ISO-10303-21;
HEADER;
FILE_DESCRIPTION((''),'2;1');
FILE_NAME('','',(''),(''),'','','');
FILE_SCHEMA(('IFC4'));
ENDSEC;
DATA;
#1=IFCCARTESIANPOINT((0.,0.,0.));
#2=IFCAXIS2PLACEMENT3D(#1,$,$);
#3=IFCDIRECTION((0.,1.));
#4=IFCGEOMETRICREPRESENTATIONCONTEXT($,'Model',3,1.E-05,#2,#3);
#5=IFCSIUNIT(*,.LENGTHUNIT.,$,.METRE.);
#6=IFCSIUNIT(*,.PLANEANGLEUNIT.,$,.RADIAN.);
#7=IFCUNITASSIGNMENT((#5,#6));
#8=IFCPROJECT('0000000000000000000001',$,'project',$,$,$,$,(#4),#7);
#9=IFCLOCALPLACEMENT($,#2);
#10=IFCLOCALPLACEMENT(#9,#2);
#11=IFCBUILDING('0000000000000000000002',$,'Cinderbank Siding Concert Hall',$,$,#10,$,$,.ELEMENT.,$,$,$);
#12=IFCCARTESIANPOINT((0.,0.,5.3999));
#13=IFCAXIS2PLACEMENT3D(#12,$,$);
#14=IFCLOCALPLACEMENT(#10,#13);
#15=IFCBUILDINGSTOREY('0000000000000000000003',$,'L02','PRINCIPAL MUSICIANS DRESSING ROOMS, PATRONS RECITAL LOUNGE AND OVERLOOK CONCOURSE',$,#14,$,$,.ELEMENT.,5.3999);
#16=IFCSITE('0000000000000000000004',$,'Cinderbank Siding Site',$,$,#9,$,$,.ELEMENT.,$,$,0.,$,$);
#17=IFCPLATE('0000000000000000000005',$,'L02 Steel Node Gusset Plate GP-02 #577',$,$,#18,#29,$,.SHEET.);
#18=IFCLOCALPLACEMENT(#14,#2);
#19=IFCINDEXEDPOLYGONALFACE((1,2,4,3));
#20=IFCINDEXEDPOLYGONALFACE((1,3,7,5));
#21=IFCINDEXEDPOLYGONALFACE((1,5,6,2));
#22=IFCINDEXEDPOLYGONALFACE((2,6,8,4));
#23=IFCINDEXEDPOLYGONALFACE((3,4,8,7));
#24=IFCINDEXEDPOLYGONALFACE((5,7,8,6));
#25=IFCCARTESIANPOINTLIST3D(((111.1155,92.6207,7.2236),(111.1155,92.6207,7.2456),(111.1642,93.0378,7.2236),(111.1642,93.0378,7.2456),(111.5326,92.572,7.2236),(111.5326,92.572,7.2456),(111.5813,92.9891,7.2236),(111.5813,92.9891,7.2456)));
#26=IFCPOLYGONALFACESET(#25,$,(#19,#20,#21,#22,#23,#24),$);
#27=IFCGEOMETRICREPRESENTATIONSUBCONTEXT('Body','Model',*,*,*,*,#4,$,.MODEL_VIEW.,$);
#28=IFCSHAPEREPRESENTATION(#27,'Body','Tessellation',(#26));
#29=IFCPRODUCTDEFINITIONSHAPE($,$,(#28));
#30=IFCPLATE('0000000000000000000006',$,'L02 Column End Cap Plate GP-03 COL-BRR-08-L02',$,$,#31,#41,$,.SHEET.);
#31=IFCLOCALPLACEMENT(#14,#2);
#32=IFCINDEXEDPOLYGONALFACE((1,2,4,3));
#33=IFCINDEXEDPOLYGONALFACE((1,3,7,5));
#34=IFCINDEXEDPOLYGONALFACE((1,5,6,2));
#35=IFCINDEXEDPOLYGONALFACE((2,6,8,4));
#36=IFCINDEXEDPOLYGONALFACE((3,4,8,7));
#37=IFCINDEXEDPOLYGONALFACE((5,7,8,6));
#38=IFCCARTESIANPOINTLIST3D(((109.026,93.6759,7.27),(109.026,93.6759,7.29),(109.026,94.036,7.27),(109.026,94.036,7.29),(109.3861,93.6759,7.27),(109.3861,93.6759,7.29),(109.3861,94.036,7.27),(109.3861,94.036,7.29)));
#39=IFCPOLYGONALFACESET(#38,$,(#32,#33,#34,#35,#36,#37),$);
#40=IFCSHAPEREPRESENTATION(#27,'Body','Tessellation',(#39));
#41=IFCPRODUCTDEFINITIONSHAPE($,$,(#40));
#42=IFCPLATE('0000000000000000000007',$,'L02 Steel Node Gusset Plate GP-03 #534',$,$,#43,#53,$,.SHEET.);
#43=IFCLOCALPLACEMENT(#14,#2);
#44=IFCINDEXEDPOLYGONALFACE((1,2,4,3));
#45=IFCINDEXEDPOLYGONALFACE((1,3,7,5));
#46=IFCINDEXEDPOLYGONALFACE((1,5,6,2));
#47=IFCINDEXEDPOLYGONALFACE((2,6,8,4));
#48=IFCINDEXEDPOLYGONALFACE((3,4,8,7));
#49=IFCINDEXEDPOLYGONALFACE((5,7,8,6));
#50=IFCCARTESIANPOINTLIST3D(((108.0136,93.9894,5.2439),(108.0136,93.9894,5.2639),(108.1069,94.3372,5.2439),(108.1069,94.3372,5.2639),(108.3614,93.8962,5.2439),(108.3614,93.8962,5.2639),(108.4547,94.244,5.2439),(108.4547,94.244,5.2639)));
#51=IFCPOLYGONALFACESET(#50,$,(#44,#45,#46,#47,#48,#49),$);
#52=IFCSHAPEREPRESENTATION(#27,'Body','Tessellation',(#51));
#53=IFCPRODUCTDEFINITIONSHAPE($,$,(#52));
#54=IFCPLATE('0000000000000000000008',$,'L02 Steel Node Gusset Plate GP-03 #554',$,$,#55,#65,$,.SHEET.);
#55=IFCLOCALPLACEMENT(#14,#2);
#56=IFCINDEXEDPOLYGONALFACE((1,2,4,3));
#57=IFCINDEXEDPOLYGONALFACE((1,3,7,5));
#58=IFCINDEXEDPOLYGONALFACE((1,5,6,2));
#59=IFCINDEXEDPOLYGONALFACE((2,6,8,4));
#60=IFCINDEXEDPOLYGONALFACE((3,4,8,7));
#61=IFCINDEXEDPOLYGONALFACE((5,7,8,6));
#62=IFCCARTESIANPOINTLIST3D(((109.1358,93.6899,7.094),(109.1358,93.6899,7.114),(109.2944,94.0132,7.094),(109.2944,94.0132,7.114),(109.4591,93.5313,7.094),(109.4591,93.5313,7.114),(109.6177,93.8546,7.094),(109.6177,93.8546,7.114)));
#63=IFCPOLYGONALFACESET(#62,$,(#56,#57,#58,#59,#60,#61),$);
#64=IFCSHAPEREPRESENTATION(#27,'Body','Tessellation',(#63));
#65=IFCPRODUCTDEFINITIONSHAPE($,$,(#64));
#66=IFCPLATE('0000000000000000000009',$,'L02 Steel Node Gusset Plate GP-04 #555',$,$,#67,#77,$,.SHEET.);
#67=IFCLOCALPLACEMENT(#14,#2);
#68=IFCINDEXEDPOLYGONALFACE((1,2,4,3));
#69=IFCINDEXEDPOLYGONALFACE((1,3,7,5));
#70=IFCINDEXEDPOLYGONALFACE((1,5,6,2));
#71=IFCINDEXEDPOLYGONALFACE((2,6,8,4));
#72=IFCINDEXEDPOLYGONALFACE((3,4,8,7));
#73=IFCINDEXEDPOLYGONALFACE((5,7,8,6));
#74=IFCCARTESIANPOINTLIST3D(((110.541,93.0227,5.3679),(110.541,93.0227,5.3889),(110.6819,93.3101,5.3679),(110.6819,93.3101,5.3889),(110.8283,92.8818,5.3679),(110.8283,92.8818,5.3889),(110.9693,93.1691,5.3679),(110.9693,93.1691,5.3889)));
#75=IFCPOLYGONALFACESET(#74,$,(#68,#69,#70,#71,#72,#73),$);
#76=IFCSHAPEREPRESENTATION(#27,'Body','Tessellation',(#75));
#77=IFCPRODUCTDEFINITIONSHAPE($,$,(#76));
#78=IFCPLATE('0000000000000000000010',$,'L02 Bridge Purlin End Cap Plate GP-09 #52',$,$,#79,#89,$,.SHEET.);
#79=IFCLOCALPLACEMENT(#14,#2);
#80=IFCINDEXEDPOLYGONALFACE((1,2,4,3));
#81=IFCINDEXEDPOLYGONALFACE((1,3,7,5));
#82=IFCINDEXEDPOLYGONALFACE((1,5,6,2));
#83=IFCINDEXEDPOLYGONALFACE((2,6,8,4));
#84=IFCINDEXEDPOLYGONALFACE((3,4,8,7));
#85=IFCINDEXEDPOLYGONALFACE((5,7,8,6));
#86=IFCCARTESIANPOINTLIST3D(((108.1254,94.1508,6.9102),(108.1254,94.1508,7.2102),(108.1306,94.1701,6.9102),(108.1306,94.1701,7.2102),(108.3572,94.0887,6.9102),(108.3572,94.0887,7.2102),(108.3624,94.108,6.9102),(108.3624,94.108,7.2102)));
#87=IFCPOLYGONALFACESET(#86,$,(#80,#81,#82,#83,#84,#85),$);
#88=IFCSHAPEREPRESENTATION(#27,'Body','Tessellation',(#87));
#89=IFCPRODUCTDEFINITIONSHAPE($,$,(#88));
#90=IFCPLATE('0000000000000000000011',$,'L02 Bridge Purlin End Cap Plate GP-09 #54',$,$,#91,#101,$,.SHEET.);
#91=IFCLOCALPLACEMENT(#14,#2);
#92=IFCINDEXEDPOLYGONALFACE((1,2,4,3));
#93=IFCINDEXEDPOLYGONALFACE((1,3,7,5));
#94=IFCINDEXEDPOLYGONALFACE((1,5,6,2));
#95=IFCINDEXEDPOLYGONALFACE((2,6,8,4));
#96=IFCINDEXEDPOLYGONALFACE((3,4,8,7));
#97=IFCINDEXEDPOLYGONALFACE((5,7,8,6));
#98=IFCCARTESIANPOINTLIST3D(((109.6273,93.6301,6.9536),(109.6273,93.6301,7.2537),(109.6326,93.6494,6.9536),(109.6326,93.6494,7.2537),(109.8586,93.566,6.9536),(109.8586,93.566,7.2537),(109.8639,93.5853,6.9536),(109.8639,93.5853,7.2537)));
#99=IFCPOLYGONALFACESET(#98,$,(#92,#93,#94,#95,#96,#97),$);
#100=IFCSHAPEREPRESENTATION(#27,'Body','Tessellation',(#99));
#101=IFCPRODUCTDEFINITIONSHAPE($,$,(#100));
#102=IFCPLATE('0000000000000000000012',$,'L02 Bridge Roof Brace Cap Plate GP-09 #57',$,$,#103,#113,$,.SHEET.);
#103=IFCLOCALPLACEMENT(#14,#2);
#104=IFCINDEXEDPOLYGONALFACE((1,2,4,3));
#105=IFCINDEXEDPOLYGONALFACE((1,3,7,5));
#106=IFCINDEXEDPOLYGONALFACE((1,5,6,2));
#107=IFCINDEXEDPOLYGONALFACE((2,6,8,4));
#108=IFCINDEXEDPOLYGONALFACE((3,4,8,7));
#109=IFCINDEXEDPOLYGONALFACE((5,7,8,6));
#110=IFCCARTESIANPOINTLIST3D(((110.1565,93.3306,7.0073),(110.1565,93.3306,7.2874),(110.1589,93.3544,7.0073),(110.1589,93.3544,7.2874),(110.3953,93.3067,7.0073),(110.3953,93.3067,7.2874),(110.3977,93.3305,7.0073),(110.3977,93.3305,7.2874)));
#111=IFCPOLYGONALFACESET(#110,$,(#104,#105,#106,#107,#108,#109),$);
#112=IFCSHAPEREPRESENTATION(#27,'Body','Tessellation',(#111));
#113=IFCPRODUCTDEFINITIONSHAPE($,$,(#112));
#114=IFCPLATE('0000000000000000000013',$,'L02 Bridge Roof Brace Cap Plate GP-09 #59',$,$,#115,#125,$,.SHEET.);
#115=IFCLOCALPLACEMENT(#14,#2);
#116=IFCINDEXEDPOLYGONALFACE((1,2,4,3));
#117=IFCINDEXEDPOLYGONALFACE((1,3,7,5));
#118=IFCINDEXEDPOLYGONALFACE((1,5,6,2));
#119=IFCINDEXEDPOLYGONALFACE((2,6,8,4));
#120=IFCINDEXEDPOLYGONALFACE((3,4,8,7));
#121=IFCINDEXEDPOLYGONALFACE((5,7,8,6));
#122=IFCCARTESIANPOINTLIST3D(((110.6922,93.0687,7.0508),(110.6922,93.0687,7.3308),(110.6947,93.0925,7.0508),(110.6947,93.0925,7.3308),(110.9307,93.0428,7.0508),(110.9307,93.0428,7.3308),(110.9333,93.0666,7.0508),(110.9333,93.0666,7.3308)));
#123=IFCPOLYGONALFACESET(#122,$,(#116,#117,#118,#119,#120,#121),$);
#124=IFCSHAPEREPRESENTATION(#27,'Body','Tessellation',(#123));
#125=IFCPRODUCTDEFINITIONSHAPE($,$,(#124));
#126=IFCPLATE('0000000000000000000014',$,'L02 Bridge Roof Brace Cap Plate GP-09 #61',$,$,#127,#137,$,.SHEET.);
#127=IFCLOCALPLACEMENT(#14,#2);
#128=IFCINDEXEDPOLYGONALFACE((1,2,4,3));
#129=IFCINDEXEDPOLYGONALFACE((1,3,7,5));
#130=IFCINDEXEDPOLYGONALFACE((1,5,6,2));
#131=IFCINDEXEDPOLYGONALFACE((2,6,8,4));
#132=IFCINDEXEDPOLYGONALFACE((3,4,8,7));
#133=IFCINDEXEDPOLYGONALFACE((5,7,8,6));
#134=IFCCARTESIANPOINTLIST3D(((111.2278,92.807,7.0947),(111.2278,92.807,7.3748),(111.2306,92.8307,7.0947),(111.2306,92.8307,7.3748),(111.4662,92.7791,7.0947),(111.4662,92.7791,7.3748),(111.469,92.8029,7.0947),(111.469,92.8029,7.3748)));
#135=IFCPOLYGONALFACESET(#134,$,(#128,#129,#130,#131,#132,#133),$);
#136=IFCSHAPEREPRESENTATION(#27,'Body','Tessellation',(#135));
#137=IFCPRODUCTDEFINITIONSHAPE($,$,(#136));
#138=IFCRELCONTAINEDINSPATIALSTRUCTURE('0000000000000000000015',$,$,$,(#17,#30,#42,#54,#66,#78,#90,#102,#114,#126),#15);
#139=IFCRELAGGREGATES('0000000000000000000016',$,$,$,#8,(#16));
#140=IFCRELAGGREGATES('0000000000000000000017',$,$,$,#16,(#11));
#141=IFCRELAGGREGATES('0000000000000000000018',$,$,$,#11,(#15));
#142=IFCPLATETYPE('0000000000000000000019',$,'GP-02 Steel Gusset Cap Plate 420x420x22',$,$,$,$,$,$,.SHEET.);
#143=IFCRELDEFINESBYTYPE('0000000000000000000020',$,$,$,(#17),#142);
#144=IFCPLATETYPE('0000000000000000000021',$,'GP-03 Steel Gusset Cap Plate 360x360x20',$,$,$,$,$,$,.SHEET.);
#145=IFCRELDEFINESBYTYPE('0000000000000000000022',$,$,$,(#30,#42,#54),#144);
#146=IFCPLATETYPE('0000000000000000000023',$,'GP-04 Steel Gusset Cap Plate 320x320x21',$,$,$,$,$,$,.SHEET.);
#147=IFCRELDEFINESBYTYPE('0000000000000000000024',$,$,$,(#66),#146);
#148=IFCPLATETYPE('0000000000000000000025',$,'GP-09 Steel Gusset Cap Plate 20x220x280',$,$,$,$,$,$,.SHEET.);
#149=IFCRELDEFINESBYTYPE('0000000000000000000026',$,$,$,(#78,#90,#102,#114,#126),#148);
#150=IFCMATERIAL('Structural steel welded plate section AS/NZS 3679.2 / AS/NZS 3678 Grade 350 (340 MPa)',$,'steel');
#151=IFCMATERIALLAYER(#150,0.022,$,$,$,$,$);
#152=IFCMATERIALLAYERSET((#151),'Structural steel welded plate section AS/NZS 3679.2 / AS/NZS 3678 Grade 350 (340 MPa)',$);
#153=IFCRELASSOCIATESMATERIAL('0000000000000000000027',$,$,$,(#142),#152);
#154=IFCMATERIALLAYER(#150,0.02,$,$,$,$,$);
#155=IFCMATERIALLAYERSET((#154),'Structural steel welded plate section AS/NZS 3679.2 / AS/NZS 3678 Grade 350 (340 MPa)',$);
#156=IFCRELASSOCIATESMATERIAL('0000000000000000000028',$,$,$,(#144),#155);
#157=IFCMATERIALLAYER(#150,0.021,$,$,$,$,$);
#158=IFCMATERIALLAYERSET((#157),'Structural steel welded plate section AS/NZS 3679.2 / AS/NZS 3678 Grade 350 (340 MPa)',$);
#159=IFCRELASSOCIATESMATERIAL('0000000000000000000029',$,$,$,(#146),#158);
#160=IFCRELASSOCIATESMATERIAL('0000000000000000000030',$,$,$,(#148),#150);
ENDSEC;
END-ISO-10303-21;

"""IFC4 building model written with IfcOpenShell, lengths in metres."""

from ifc_helpers import new_model, si_unit, direction, frame, origin, origin_2d, place, context, subcontext, project, spatial, rectangle, extrude, material, layer, layer_set, type_object, element, save


model = new_model("IFC4")

# Units and contexts
model_context = context("Model", 3, precision=1e-05, world=origin(), true_north=direction((0.0, 1.0)))
body_context = subcontext(model_context, "Body", "Model", "MODEL_VIEW")
ifc_project = project(units=[si_unit("LENGTHUNIT", "METRE"), si_unit("PLANEANGLEUNIT", "RADIAN")], contexts=[model_context])

# Site, building, storey
site_placement = place(None, origin())
site = spatial("IfcSite", under=ifc_project, at=site_placement, Name="Cinderbank Siding Site", CompositionType="ELEMENT", RefElevation=0.0)
building_placement = place(site_placement, origin())
building = spatial("IfcBuilding", under=site, at=building_placement, Name="Cinderbank Siding Concert Hall", CompositionType="ELEMENT")
storey_placement = place(building_placement, frame((0.0, 0.0, 5.3999)))
storey = spatial("IfcBuildingStorey", under=building, at=storey_placement, Name="L02", Description="PRINCIPAL MUSICIANS DRESSING ROOMS, PATRONS RECITAL LOUNGE AND OVERLOOK CONCOURSE", CompositionType="ELEMENT", Elevation=5.3999)

# Plates
ifc_material_1 = material(Name="Structural steel welded plate section AS/NZS 3679.2 / AS/NZS 3678 Grade 350 (340 MPa)", Category="steel")
ifc_layer_1 = layer(ifc_material_1, 0.022)
ifc_layer_set_1 = layer_set([ifc_layer_1], Name="Structural steel welded plate section AS/NZS 3679.2 / AS/NZS 3678 Grade 350 (340 MPa)")
plate_type_1 = type_object("IfcPlateType", Name="GP-02 Steel Gusset Cap Plate 420x420x22", PredefinedType="SHEET", material=ifc_layer_set_1)
for number, where, z_axis, x_axis, name in (
    (1, (111.3484, 92.8049, 7.2236), (0.0, 0.0, 1.0), (-0.115977, -0.993252, 0.0), "L02 Steel Node Gusset Plate GP-02 #577"),
):
    element("IfcPlate", number, at=place(storey_placement, frame(where, z_axis=z_axis, x_axis=x_axis)), inside=storey, type_object=plate_type_1, Name=name, PredefinedType="SHEET", context=body_context, shape_type="SweptSolid", body=[
        extrude(rectangle(XDim=0.4199, YDim=0.4199, at=origin_2d()), origin(), (0.0, 0.0, 1.0), 0.022),
    ])
ifc_layer_2 = layer(ifc_material_1, 0.02)
ifc_layer_set_2 = layer_set([ifc_layer_2], Name="Structural steel welded plate section AS/NZS 3679.2 / AS/NZS 3678 Grade 350 (340 MPa)")
plate_type_2 = type_object("IfcPlateType", Name="GP-03 Steel Gusset Cap Plate 360x360x20", PredefinedType="SHEET", material=ifc_layer_set_2)
for number, where, z_axis, x_axis, name in (
    (2, (109.2061, 93.856, 7.27), (0.0, 0.0, 1.0), (1.0, 0.0, 0.0), "L02 Column End Cap Plate GP-03 COL-BRR-08-L02"),
    (3, (108.2341, 94.1167, 5.2439), (0.0, 0.0, 1.0), (0.965881, -0.258988, 0.0), "L02 Steel Node Gusset Plate GP-03 #534"),
    (4, (109.3767, 93.7722, 7.094), (0.0, 0.0, 1.0), (0.897797, -0.440409, 0.0), "L02 Steel Node Gusset Plate GP-03 #554"),
):
    element("IfcPlate", number, at=place(storey_placement, frame(where, z_axis=z_axis, x_axis=x_axis)), inside=storey, type_object=plate_type_2, Name=name, PredefinedType="SHEET", context=body_context, shape_type="SweptSolid", body=[
        extrude(rectangle(XDim=0.3601, YDim=0.3601, at=origin_2d()), origin(), (0.0, 0.0, 1.0), 0.02),
    ])
ifc_layer_3 = layer(ifc_material_1, 0.021)
ifc_layer_set_3 = layer_set([ifc_layer_3], Name="Structural steel welded plate section AS/NZS 3679.2 / AS/NZS 3678 Grade 350 (340 MPa)")
plate_type_3 = type_object("IfcPlateType", Name="GP-04 Steel Gusset Cap Plate 320x320x21", PredefinedType="SHEET", material=ifc_layer_set_3)
plate_1_placement = place(storey_placement, frame((110.7551, 93.0959, 5.3679), z_axis=(0.0, 0.0, 1.0), x_axis=(0.897797, -0.440409, 0.0)))
element("IfcPlate", 5, at=plate_1_placement, inside=storey, type_object=plate_type_3, Name="L02 Steel Node Gusset Plate GP-04 #555", PredefinedType="SHEET", context=body_context, shape_type="SweptSolid", body=[
    extrude(rectangle(XDim=0.3201, YDim=0.3201, at=origin_2d()), origin(), (0.0, 0.0, 1.0), 0.021),
])
plate_type_4 = type_object("IfcPlateType", Name="GP-09 Steel Gusset Cap Plate 20x220x280", PredefinedType="SHEET", material=ifc_material_1)
for number, where, z_axis, x_axis, name in (
    (6, (108.2439, 94.1294, 6.9102), (0.0, 0.0, 1.0), (0.258819, 0.965926, 0.0), "L02 Bridge Purlin End Cap Plate GP-09 #52"),
    (7, (109.7456, 93.6077, 6.9536), (0.0, 0.0, 1.0), (0.26707, 0.963677, 0.0), "L02 Bridge Purlin End Cap Plate GP-09 #54"),
):
    element("IfcPlate", number, at=place(storey_placement, frame(where, z_axis=z_axis, x_axis=x_axis)), inside=storey, type_object=plate_type_4, Name=name, PredefinedType="SHEET", context=body_context, shape_type="SweptSolid", body=[
        extrude(rectangle(XDim=0.02, YDim=0.24, at=origin_2d()), origin(), (0.0, 0.0, 1.0), 0.3),
    ])
for number, where, z_axis, x_axis, name in (
    (8, (110.2771, 93.3306, 7.0073), (0.0, 0.0, 1.0), (-0.099841, -0.995003, 0.0), "L02 Bridge Roof Brace Cap Plate GP-09 #57"),
    (9, (110.8127, 93.0676, 7.0508), (0.0, 0.0, 1.0), (-0.107826, -0.99417, 0.0), "L02 Bridge Roof Brace Cap Plate GP-09 #59"),
    (10, (111.3484, 92.8049, 7.0947), (0.0, 0.0, 1.0), (-0.115977, -0.993252, 0.0), "L02 Bridge Roof Brace Cap Plate GP-09 #61"),
):
    element("IfcPlate", number, at=place(storey_placement, frame(where, z_axis=z_axis, x_axis=x_axis)), inside=storey, type_object=plate_type_4, Name=name, PredefinedType="SHEET", context=body_context, shape_type="SweptSolid", body=[
        extrude(rectangle(XDim=0.0239, YDim=0.24, at=origin_2d()), origin(), (0.0, 0.0, 1.0), 0.28),
    ])

save(model, "model.ifc")
